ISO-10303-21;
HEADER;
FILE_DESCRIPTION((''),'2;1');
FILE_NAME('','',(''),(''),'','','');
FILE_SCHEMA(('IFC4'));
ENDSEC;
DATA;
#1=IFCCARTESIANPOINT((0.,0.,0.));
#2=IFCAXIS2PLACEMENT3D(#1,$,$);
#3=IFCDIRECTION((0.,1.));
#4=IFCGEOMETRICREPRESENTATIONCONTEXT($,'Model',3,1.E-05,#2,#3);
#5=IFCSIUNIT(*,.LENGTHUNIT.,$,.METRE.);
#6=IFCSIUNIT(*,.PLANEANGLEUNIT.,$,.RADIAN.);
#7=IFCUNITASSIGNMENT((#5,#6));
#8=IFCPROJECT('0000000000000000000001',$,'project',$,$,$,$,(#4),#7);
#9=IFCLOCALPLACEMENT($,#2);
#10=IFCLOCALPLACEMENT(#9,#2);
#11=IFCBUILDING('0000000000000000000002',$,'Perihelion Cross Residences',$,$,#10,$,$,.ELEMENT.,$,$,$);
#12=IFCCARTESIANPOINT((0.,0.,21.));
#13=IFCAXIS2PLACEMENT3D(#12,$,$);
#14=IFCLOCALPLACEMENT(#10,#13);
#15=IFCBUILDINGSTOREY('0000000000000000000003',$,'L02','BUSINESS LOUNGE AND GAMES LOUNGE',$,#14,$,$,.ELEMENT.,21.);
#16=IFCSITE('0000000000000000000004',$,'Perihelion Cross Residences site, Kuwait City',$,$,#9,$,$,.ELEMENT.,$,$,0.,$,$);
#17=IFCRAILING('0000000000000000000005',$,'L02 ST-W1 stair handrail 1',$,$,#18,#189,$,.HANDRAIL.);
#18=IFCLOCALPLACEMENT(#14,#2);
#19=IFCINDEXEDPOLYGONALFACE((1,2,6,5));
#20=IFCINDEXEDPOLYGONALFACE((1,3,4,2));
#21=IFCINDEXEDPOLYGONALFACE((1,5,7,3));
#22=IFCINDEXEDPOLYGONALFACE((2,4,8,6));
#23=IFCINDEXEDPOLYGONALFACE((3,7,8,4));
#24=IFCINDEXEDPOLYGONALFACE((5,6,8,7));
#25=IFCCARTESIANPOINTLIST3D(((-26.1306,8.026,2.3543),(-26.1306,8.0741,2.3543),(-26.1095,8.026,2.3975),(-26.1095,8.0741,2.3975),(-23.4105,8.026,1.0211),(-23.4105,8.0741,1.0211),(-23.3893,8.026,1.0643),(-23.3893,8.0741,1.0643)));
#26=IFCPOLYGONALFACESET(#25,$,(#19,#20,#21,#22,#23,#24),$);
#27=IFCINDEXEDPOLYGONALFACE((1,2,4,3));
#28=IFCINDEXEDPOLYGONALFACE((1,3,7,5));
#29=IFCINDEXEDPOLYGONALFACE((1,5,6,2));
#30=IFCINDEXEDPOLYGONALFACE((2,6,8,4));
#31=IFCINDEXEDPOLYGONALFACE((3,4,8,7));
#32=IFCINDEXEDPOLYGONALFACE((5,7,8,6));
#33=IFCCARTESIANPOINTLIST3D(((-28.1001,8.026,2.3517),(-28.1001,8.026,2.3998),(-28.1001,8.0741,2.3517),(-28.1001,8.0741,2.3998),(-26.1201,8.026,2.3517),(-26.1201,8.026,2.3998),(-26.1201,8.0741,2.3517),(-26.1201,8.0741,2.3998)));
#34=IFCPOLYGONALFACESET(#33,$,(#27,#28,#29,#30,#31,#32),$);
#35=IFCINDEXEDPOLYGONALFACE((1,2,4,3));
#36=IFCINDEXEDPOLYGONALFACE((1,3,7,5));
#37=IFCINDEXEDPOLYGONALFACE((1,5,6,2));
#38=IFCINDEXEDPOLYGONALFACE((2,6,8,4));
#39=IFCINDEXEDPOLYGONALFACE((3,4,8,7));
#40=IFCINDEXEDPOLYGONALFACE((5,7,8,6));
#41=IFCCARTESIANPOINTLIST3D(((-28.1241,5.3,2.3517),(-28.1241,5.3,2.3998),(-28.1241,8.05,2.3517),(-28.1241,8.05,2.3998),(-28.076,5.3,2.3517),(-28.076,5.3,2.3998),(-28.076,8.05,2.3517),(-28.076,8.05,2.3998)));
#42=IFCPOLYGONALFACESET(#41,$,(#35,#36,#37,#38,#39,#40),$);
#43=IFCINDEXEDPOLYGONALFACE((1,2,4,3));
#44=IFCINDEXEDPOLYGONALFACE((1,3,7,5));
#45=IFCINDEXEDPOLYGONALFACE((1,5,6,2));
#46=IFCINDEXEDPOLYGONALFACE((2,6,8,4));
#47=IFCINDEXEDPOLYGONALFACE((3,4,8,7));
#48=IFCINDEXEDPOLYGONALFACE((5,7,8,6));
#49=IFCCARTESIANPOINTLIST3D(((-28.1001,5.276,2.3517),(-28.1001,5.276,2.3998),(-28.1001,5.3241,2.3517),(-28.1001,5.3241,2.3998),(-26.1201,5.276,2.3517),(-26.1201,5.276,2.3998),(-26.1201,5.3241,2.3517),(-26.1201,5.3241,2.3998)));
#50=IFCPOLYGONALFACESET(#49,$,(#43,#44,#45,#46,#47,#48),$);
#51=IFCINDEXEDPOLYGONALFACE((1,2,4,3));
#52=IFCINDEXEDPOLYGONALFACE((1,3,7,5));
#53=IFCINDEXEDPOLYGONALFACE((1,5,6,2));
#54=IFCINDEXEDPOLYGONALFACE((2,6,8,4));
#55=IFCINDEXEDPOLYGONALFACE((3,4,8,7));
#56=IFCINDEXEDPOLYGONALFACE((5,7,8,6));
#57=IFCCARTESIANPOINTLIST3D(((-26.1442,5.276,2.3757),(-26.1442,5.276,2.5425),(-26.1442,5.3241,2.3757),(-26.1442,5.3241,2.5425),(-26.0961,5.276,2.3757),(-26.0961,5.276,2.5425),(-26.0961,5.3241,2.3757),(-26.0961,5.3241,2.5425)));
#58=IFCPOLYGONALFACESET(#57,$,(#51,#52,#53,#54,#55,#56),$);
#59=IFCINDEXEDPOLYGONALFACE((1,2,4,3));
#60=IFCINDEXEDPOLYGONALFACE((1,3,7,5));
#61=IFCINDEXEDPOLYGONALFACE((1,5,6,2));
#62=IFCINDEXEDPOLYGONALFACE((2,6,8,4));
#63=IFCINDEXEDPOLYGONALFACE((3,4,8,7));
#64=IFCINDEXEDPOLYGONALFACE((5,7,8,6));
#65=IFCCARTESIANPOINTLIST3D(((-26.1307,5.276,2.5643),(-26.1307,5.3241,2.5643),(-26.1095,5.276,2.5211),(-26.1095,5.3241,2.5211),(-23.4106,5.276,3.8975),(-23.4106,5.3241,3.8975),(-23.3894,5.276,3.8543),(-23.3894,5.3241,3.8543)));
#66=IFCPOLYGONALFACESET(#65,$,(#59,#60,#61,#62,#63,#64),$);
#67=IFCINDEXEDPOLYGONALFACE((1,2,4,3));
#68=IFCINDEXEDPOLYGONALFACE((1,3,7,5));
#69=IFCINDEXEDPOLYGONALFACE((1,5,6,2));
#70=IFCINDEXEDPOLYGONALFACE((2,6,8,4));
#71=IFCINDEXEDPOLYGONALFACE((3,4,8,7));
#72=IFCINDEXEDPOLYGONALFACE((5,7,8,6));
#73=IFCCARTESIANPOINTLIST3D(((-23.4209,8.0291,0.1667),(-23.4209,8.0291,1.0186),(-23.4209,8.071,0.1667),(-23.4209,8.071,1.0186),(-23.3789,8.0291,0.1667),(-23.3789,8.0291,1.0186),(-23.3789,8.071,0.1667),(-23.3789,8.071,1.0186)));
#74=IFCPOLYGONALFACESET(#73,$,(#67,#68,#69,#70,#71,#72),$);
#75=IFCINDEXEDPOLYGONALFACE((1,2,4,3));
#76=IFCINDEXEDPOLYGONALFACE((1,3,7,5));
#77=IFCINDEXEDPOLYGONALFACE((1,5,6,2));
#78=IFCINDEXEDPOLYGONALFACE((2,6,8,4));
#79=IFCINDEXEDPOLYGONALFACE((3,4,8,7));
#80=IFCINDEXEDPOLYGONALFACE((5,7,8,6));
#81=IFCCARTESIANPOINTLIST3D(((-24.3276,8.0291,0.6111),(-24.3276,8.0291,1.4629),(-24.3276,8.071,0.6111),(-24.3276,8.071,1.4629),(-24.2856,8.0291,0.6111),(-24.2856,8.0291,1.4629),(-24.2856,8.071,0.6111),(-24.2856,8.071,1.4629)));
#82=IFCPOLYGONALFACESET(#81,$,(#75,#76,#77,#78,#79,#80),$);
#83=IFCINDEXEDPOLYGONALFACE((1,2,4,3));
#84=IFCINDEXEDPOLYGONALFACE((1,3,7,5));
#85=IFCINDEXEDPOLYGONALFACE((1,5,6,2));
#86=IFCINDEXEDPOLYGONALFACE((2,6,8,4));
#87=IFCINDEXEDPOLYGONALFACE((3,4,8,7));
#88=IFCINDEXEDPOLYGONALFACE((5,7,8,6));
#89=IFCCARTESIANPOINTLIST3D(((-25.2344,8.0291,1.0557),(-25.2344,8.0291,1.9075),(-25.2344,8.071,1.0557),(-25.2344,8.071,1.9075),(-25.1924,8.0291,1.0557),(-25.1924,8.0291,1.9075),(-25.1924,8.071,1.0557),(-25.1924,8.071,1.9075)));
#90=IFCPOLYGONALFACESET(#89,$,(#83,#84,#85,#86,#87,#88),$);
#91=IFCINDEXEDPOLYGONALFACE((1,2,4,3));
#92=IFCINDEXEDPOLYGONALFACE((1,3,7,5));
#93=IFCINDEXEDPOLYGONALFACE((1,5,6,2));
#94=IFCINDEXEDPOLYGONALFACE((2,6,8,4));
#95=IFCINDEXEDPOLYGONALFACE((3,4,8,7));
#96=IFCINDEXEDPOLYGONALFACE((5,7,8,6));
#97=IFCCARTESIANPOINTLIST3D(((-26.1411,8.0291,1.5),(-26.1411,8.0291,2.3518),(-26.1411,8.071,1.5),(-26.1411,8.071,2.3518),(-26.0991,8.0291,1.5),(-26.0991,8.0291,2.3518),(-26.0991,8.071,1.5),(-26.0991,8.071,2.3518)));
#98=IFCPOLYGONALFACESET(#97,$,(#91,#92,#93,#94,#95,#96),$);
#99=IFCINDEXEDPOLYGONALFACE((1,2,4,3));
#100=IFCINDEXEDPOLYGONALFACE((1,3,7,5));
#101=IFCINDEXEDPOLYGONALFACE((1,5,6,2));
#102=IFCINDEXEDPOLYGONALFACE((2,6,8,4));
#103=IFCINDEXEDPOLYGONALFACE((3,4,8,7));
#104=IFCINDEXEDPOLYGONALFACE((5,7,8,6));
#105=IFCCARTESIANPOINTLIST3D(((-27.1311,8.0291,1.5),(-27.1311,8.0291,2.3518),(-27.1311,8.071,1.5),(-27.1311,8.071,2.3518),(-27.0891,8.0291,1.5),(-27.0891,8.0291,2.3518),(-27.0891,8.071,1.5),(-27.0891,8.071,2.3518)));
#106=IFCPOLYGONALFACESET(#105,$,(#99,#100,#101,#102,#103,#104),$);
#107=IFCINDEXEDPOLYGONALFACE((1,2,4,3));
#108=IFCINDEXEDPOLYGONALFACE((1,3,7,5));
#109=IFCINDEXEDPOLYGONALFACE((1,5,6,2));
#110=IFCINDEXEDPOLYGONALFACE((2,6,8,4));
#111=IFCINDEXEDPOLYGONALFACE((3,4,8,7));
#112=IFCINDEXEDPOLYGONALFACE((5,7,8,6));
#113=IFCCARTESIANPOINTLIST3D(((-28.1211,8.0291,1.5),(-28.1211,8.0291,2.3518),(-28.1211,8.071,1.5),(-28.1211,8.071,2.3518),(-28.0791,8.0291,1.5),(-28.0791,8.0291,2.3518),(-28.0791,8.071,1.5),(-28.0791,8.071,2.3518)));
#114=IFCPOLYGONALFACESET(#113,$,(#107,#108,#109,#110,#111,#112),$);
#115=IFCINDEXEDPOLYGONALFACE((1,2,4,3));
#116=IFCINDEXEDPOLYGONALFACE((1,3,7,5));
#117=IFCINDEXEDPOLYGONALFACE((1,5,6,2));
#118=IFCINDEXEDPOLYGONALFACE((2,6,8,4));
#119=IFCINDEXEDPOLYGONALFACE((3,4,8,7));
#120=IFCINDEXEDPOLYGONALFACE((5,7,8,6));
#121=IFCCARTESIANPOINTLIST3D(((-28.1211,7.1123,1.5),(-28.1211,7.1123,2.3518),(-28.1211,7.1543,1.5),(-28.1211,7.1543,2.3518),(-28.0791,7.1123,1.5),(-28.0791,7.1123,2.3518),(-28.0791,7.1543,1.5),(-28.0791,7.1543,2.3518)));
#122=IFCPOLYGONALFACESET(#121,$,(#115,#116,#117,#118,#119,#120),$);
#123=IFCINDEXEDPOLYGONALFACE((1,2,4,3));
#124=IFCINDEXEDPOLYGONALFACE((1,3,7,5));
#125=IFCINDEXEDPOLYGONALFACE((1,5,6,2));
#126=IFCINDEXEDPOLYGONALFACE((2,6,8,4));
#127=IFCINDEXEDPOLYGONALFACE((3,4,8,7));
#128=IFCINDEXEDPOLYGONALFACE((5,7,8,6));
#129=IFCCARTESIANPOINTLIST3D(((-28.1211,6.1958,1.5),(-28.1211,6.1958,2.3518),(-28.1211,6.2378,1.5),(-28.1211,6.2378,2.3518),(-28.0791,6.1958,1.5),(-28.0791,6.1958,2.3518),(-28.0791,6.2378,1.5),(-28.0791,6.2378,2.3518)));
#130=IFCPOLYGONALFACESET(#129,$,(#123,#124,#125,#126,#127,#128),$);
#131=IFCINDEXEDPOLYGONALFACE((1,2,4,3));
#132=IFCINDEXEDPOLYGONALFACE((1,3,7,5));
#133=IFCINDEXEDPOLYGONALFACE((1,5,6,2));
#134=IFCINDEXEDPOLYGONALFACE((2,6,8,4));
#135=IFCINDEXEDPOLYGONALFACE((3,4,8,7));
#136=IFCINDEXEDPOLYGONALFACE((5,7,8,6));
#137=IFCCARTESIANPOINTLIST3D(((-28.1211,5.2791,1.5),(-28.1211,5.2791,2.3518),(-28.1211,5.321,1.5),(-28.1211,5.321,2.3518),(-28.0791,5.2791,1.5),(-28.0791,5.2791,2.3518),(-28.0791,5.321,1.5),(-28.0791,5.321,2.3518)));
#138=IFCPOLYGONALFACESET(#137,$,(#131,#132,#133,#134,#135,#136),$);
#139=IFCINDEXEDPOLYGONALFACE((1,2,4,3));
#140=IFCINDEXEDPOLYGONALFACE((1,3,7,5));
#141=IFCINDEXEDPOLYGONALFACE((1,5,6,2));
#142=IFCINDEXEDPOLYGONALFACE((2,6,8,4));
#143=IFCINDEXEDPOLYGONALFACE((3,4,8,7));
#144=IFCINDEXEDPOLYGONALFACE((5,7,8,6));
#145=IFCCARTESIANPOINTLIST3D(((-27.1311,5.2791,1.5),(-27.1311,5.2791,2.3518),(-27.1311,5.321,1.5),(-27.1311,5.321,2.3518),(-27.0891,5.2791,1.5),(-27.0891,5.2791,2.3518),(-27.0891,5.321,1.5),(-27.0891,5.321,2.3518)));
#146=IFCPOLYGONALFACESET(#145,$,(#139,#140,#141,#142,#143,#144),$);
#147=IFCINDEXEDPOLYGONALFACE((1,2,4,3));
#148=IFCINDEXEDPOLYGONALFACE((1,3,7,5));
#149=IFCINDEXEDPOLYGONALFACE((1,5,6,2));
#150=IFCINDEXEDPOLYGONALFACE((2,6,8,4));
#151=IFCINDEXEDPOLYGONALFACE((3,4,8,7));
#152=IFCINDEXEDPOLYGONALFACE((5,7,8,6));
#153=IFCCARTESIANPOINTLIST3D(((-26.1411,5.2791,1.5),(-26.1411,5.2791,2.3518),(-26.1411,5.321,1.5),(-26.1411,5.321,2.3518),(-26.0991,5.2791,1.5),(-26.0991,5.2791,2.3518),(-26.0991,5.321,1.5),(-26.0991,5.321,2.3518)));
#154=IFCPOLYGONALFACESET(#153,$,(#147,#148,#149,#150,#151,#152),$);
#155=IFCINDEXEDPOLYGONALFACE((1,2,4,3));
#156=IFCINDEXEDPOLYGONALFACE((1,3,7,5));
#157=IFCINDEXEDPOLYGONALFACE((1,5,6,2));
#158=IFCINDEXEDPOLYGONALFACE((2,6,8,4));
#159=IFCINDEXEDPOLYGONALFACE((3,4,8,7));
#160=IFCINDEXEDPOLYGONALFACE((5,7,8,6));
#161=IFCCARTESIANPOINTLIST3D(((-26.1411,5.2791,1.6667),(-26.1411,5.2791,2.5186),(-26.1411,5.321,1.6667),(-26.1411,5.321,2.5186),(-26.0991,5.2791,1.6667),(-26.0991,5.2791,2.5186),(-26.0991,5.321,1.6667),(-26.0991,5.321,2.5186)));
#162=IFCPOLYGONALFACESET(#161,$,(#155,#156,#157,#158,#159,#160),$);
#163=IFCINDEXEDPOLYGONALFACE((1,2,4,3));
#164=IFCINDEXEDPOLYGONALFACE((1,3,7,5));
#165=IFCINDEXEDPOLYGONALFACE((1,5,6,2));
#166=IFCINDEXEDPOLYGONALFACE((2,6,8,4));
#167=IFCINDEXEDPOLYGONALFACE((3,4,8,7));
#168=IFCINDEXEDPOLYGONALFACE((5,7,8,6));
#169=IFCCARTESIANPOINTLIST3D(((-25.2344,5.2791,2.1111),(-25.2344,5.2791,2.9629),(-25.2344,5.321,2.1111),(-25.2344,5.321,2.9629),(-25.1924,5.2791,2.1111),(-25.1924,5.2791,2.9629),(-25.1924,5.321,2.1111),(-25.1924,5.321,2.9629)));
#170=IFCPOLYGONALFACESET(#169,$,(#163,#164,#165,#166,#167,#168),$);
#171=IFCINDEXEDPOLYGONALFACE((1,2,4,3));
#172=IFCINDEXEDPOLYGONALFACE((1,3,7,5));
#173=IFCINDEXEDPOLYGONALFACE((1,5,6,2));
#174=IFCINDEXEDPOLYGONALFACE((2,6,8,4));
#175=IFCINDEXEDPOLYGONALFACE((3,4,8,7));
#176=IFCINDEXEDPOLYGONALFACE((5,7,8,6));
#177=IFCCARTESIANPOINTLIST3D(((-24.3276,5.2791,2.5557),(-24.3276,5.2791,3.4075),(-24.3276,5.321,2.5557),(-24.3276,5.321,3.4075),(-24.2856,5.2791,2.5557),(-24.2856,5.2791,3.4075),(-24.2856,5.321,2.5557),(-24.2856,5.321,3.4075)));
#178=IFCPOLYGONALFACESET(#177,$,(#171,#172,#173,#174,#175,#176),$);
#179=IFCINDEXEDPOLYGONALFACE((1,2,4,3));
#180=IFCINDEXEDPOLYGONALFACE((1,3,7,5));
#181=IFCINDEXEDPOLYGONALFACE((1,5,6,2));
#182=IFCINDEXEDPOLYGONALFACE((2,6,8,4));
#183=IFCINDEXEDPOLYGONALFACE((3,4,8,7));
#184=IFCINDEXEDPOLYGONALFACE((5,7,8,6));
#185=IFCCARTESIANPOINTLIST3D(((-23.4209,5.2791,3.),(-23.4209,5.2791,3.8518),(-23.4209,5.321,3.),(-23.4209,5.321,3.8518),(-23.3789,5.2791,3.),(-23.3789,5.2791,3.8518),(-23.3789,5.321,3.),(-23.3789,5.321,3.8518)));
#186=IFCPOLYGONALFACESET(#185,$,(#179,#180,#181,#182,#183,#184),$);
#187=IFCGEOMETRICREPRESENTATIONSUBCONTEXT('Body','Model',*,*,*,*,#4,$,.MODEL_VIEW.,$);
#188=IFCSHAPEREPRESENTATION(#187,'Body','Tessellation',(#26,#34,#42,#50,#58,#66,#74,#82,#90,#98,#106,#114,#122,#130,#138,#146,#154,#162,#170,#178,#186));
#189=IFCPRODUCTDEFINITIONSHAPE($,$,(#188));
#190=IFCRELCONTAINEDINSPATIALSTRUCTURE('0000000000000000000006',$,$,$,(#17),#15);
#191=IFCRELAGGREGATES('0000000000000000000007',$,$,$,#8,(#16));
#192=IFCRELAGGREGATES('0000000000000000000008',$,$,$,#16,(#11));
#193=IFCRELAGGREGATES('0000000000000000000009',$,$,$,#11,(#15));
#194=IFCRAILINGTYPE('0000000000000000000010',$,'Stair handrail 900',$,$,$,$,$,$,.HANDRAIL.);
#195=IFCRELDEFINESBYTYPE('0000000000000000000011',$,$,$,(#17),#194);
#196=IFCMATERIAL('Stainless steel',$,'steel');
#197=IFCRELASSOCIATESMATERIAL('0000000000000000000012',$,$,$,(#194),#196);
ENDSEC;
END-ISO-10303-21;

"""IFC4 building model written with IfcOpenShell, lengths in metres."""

from ifc_helpers import new_model, si_unit, direction, frame, origin, origin_2d, place, context, subcontext, project, spatial, rectangle, extrude, material, type_object, element, save


model = new_model("IFC4")

# Units and contexts
model_context = context("Model", 3, precision=1e-05, world=origin(), true_north=direction((0.0, 1.0)))
body_context = subcontext(model_context, "Body", "Model", "MODEL_VIEW")
ifc_project = project(units=[si_unit("LENGTHUNIT", "METRE"), si_unit("PLANEANGLEUNIT", "RADIAN")], contexts=[model_context])

# Site, building, storey
site_placement = place(None, origin())
site = spatial("IfcSite", under=ifc_project, at=site_placement, Name="Perihelion Cross Residences site, Kuwait City", CompositionType="ELEMENT", RefElevation=0.0)
building_placement = place(site_placement, origin())
building = spatial("IfcBuilding", under=site, at=building_placement, Name="Perihelion Cross Residences", CompositionType="ELEMENT")
storey_placement = place(building_placement, frame((0.0, 0.0, 21.0)))
storey = spatial("IfcBuildingStorey", under=building, at=storey_placement, Name="L02", Description="BUSINESS LOUNGE AND GAMES LOUNGE", CompositionType="ELEMENT", Elevation=21.0)

# Railing
ifc_material_1 = material(Name="Stainless steel", Category="steel")
railing_type_1 = type_object("IfcRailingType", Name="Stair handrail 900", PredefinedType="HANDRAIL", material=ifc_material_1)
railing_1_placement = place(storey_placement, frame((-23.3999, 8.05, 0.1667)))
element("IfcRailing", 1, at=railing_1_placement, inside=storey, type_object=railing_type_1, Name="L02 ST-W1 stair handrail 1", PredefinedType="HANDRAIL", context=body_context, shape_type="SweptSolid", body=[
    extrude(rectangle(XDim=0.0481, YDim=0.0481, at=origin_2d()), frame((0.0, 0.0, 0.876), z_axis=(-0.897945, 0.0, 0.440108), x_axis=(0.0, -1.0, 0.0)), (0.0, 0.0, 1.0), 3.0293),
    extrude(rectangle(XDim=0.0481, YDim=0.0481, at=origin_2d()), frame((-2.7202, 0.0, 2.209), z_axis=(-1.0, 0.0, 0.0), x_axis=(0.0, -1.0, 0.0)), (0.0, 0.0, 1.0), 1.98),
    extrude(rectangle(XDim=0.0481, YDim=0.0481, at=origin_2d()), frame((-4.7002, 0.0, 2.209), z_axis=(0.0, -1.0, 0.0), x_axis=(1.0, 0.0, 0.0)), (0.0, 0.0, 1.0), 2.75),
    extrude(rectangle(XDim=0.0481, YDim=0.0481, at=origin_2d()), frame((-4.7002, -2.75, 2.209), z_axis=(1.0, 0.0, 0.0), x_axis=(0.0, 1.0, 0.0)), (0.0, 0.0, 1.0), 1.98),
    extrude(rectangle(XDim=0.0481, YDim=0.0481, at=origin_2d()), frame((-2.7202, -2.75, 2.209), z_axis=(0.0, 0.0, 1.0), x_axis=(1.0, 0.0, 0.0)), (0.0, 0.0, 1.0), 0.1667),
    extrude(rectangle(XDim=0.0481, YDim=0.0481, at=origin_2d()), frame((-2.7202, -2.75, 2.376), z_axis=(0.897945, 0.0, 0.440108), x_axis=(0.0, 1.0, 0.0)), (0.0, 0.0, 1.0), 3.0293),
    extrude(rectangle(XDim=0.042, YDim=0.042, at=origin_2d()), origin(), (0.0, 0.0, 1.0), 0.8518),
    extrude(rectangle(XDim=0.042, YDim=0.042, at=origin_2d()), frame((-0.9067, 0.0, 0.4443)), (0.0, 0.0, 1.0), 0.8518),
    extrude(rectangle(XDim=0.042, YDim=0.042, at=origin_2d()), frame((-1.8135, 0.0, 0.8889)), (0.0, 0.0, 1.0), 0.8518),
    extrude(rectangle(XDim=0.042, YDim=0.042, at=origin_2d()), frame((-2.7202, 0.0, 1.3333)), (0.0, 0.0, 1.0), 0.8518),
    extrude(rectangle(XDim=0.042, YDim=0.042, at=origin_2d()), frame((-3.7102, 0.0, 1.3333)), (0.0, 0.0, 1.0), 0.8518),
    extrude(rectangle(XDim=0.042, YDim=0.042, at=origin_2d()), frame((-4.7002, 0.0, 1.3333)), (0.0, 0.0, 1.0), 0.8518),
    extrude(rectangle(XDim=0.042, YDim=0.042, at=origin_2d()), frame((-4.7002, -0.9167, 1.3333)), (0.0, 0.0, 1.0), 0.8518),
    extrude(rectangle(XDim=0.042, YDim=0.042, at=origin_2d()), frame((-4.7002, -1.8333, 1.3333)), (0.0, 0.0, 1.0), 0.8518),
    extrude(rectangle(XDim=0.042, YDim=0.042, at=origin_2d()), frame((-4.7002, -2.75, 1.3333)), (0.0, 0.0, 1.0), 0.8518),
    extrude(rectangle(XDim=0.042, YDim=0.042, at=origin_2d()), frame((-3.7102, -2.75, 1.3333)), (0.0, 0.0, 1.0), 0.8518),
    extrude(rectangle(XDim=0.042, YDim=0.042, at=origin_2d()), frame((-2.7202, -2.75, 1.3333)), (0.0, 0.0, 1.0), 0.8518),
    extrude(rectangle(XDim=0.042, YDim=0.042, at=origin_2d()), frame((-2.7202, -2.75, 1.5)), (0.0, 0.0, 1.0), 0.8518),
    extrude(rectangle(XDim=0.042, YDim=0.042, at=origin_2d()), frame((-1.8135, -2.75, 1.9443)), (0.0, 0.0, 1.0), 0.8518),
    extrude(rectangle(XDim=0.042, YDim=0.042, at=origin_2d()), frame((-0.9067, -2.75, 2.3889)), (0.0, 0.0, 1.0), 0.8518),
    extrude(rectangle(XDim=0.042, YDim=0.042, at=origin_2d()), frame((0.0, -2.75, 2.8333)), (0.0, 0.0, 1.0), 0.8518),
])

save(model, "model.ifc")
